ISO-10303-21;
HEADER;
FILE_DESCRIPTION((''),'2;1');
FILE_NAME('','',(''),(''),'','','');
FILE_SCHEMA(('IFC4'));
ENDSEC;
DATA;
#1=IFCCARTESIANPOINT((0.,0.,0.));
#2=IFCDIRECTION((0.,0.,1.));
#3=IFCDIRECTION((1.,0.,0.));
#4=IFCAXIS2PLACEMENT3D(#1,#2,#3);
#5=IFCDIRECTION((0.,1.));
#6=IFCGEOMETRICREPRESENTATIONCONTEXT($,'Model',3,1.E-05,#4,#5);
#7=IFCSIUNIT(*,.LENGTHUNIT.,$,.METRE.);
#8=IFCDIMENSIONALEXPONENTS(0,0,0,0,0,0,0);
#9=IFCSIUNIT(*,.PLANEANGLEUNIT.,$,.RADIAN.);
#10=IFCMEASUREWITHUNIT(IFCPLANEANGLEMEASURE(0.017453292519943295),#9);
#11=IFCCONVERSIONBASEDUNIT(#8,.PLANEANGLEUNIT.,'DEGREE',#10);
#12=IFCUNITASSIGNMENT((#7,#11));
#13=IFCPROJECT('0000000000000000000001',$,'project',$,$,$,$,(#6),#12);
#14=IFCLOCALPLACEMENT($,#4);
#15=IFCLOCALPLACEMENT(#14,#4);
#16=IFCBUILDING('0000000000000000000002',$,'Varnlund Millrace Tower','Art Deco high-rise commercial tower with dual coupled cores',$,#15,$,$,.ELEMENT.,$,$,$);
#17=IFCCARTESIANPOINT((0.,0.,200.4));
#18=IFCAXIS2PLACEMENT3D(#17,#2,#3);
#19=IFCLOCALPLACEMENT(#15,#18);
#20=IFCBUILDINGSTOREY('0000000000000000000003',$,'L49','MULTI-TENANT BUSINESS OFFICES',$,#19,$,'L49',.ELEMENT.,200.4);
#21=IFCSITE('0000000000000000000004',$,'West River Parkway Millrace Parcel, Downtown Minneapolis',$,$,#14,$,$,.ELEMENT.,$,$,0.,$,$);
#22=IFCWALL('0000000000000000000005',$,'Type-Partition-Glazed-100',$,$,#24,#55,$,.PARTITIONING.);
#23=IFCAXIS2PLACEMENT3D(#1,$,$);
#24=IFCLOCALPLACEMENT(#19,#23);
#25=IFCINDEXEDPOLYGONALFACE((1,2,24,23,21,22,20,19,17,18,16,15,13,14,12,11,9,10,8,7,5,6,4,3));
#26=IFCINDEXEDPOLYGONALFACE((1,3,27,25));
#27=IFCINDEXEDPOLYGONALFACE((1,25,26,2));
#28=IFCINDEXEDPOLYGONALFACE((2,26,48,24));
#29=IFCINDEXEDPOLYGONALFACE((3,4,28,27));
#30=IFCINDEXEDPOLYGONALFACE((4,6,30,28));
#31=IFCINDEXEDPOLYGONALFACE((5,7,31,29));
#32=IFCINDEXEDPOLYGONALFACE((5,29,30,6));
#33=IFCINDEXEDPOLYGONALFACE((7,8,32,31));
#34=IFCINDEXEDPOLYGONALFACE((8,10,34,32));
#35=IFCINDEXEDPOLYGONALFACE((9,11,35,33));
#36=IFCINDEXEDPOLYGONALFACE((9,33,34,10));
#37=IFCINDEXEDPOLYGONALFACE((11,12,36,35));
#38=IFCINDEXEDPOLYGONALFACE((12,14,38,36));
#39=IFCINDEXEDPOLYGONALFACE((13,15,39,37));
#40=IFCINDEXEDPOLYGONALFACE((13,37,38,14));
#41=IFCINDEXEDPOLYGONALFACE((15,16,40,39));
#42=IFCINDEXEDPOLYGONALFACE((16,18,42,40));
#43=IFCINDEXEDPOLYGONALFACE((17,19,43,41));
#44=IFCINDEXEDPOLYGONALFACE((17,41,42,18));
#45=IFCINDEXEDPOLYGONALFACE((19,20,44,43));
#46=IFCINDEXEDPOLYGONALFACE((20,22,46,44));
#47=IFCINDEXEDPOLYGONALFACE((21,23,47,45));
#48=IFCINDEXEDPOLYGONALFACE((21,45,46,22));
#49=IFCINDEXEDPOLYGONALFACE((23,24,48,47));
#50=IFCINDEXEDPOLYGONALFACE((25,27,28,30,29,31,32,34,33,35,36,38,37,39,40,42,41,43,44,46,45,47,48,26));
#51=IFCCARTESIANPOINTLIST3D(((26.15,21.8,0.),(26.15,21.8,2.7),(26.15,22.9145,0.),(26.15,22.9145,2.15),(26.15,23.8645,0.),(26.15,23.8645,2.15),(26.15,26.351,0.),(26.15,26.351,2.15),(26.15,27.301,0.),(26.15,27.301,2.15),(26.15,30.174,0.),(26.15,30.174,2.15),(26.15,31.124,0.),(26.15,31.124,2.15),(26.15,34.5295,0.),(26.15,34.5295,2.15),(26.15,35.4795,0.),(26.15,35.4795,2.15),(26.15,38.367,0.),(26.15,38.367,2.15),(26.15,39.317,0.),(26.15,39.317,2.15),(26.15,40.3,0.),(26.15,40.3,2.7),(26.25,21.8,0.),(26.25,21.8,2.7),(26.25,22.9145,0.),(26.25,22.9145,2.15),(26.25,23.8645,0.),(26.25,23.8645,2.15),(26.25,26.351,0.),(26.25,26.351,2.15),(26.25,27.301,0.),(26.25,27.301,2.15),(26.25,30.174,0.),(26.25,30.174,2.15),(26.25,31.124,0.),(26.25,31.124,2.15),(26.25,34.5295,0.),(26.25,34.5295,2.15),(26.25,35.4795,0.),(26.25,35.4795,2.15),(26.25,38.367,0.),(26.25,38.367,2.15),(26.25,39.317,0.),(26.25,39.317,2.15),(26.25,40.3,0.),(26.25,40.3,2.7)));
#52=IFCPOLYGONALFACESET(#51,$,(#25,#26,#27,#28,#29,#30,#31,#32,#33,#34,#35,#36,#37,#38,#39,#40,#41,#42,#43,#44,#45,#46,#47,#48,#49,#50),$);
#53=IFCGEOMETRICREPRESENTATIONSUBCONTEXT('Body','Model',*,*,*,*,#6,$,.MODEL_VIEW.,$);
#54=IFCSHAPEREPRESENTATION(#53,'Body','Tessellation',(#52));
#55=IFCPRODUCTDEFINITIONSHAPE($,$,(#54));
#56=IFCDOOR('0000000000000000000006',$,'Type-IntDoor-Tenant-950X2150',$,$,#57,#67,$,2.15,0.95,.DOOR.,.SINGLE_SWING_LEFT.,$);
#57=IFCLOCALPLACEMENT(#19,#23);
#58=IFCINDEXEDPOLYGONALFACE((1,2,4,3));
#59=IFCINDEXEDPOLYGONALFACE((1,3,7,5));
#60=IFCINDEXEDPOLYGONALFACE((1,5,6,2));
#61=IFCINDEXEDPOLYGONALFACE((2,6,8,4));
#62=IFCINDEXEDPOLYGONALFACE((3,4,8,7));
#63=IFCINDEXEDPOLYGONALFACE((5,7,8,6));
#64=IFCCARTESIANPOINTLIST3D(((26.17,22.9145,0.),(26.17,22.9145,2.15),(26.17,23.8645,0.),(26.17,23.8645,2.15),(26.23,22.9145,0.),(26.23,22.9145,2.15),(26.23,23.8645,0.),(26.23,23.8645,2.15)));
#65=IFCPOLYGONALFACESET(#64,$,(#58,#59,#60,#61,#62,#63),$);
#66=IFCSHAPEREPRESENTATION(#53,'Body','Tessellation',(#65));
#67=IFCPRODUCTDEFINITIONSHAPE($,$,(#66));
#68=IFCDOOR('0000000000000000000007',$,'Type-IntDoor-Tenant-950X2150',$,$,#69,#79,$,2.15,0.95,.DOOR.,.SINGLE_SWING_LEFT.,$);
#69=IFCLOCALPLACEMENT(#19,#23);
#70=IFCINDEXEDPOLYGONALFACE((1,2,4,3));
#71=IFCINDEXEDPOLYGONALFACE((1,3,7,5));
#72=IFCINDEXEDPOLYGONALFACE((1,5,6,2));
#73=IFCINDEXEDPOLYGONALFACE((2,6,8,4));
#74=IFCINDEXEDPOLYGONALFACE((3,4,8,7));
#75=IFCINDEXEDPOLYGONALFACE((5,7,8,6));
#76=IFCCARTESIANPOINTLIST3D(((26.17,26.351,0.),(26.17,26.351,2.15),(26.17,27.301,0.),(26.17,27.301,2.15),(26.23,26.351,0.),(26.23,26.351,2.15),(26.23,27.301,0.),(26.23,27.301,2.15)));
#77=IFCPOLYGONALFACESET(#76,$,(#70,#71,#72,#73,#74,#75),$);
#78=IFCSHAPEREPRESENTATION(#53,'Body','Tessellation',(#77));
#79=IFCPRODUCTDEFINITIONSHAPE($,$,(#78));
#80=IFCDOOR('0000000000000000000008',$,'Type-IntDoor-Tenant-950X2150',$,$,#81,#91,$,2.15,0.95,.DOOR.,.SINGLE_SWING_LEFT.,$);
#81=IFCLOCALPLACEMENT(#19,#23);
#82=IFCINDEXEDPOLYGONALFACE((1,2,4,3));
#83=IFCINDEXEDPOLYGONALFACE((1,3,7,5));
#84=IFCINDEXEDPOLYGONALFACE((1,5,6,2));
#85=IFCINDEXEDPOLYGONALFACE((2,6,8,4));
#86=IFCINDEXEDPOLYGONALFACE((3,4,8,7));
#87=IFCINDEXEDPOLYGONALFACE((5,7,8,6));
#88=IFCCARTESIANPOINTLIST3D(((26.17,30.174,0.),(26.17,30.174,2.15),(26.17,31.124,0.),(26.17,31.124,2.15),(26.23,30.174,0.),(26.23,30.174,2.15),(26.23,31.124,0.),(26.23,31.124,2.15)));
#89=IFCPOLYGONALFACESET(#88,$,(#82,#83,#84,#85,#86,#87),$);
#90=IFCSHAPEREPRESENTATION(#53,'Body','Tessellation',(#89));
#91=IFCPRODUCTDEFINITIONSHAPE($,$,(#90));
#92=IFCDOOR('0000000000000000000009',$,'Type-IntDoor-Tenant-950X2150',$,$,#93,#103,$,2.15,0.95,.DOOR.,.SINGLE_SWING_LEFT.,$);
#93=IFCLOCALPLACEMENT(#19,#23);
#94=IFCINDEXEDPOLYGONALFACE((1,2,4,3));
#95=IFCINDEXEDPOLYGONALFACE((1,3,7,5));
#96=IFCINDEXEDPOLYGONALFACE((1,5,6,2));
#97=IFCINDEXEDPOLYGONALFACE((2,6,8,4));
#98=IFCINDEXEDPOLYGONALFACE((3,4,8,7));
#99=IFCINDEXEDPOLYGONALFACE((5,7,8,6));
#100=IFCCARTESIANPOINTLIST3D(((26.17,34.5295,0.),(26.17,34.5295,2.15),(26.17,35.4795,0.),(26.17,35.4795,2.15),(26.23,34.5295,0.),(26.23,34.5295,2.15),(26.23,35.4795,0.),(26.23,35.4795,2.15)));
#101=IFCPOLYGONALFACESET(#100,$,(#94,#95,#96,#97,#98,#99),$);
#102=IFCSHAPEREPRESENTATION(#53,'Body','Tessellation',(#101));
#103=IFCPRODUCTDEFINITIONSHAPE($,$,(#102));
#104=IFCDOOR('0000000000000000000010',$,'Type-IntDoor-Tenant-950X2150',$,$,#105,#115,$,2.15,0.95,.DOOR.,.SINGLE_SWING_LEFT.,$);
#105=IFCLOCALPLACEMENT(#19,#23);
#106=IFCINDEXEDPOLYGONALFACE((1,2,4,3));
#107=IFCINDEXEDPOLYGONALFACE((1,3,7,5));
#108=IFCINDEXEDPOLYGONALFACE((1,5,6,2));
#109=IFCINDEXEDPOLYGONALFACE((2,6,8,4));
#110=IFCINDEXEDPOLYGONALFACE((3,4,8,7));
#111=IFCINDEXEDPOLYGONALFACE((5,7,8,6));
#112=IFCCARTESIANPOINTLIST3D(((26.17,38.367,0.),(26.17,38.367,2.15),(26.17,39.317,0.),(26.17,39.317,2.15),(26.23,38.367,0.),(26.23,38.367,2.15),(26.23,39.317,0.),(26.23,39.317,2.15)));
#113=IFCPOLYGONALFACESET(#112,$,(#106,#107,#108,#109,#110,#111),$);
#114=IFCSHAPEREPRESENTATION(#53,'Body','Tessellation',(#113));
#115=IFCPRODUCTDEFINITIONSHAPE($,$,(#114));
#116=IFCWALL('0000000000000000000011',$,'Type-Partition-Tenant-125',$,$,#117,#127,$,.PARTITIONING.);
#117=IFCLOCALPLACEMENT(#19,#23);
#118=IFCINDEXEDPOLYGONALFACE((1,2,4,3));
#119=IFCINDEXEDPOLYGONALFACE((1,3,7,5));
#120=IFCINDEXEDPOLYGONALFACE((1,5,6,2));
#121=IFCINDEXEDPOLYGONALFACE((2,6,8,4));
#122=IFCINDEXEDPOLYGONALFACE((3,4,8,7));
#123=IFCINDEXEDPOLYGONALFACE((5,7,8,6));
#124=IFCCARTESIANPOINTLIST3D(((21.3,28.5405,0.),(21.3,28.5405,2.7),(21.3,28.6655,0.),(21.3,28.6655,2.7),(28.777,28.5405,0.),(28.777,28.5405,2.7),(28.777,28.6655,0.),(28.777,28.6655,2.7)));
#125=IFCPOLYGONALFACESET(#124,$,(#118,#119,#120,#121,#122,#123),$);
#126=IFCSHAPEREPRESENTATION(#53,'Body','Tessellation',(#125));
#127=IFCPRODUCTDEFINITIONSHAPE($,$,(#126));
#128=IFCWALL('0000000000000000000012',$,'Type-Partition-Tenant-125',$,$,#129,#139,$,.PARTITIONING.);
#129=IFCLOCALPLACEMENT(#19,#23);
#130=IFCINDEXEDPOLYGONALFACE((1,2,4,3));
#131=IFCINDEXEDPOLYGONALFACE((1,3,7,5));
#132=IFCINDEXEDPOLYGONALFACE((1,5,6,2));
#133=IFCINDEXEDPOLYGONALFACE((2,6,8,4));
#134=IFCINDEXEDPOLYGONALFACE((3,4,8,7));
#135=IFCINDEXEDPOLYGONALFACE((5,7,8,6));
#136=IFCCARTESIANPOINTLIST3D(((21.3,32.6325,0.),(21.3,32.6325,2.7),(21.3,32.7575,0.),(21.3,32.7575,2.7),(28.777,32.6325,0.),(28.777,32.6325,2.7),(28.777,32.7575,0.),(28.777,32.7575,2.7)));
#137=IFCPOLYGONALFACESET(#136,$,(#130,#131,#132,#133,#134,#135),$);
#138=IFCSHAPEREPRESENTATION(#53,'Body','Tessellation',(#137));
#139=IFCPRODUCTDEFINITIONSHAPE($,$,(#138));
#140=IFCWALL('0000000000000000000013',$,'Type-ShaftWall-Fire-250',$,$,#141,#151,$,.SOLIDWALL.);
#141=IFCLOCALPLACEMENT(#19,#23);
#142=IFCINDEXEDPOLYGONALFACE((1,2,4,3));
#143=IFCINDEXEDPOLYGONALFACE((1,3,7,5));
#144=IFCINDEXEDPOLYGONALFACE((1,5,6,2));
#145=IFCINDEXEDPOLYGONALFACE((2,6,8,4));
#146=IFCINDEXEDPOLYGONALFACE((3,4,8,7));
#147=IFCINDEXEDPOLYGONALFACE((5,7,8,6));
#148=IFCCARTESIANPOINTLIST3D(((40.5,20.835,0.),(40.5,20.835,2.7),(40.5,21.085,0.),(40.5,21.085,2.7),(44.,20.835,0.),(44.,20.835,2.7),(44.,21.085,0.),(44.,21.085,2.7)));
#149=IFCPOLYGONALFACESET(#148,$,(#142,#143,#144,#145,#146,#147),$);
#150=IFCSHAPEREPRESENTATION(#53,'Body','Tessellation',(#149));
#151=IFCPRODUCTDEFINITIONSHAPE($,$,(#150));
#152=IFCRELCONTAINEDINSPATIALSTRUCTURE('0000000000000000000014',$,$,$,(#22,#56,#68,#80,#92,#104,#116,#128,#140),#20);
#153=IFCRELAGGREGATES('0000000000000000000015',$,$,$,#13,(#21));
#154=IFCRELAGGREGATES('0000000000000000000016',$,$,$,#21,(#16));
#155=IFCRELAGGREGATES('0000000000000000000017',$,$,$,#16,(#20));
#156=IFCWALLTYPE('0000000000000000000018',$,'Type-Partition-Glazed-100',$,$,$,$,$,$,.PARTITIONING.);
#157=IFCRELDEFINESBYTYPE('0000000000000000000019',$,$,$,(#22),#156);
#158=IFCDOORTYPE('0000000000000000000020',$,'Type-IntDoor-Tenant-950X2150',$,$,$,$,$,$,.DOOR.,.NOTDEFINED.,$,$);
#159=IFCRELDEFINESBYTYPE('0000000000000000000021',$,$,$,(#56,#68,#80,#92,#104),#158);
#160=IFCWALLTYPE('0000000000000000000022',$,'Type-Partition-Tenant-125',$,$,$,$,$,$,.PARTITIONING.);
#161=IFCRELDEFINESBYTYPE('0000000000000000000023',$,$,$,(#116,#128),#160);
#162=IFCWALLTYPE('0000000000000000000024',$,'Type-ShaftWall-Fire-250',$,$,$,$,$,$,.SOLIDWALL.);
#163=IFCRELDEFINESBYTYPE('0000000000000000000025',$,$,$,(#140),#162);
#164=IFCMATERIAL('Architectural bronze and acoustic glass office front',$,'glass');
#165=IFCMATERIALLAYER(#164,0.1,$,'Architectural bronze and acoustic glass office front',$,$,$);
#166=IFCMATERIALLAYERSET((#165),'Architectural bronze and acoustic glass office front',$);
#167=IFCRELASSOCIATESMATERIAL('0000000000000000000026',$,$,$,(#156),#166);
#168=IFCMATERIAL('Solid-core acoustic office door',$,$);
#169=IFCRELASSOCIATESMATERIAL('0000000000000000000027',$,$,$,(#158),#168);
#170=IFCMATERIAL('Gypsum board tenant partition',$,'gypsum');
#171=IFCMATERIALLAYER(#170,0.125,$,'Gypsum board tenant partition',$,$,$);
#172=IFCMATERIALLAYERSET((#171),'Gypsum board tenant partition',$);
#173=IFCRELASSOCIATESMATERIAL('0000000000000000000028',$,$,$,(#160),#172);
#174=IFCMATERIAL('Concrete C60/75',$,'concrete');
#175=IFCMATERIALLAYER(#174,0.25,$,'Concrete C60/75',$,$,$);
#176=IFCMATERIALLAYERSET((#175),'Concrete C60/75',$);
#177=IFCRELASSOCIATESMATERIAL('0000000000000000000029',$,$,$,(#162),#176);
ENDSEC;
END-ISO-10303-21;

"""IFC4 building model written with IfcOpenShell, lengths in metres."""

from ifc_helpers import new_model, entity, si_unit, converted_unit, direction, frame, origin_with_axes, origin_2d_with_axis, place, context, subcontext, project, spatial, polyline, rectangle, outline, extrude, material, layer, layer_set, type_object, element, fill, save


model = new_model("IFC4")

# Units and contexts
model_context = context("Model", 3, precision=1e-05, world=origin_with_axes(), true_north=direction((0.0, 1.0)))
body_context = subcontext(model_context, "Body", "Model", "MODEL_VIEW")
ifc_project = project(units=[si_unit("LENGTHUNIT", "METRE"), converted_unit("PLANEANGLEUNIT", "DEGREE", entity("IfcPlaneAngleMeasure", 0.017453292519943295), si_unit("PLANEANGLEUNIT", "RADIAN"), dimensions=[0, 0, 0, 0, 0, 0, 0])], contexts=[model_context])

# Site, building, storey
site_placement = place(None, origin_with_axes())
site = spatial("IfcSite", under=ifc_project, at=site_placement, Name="West River Parkway Millrace Parcel, Downtown Minneapolis", CompositionType="ELEMENT", RefElevation=0.0)
building_placement = place(site_placement, origin_with_axes())
building = spatial("IfcBuilding", under=site, at=building_placement, Name="Varnlund Millrace Tower", Description="Art Deco high-rise commercial tower with dual coupled cores", CompositionType="ELEMENT")
storey_placement = place(building_placement, frame((0.0, 0.0, 200.4), z_axis=(0.0, 0.0, 1.0), x_axis=(1.0, 0.0, 0.0)))
storey = spatial("IfcBuildingStorey", under=building, at=storey_placement, Name="L49", Description="MULTI-TENANT BUSINESS OFFICES", LongName="L49", CompositionType="ELEMENT", Elevation=200.4)

# Wall, openings, doors
ifc_material_1 = material(Name="Architectural bronze and acoustic glass office front", Category="glass")
ifc_layer_1 = layer(ifc_material_1, 0.1, Name="Architectural bronze and acoustic glass office front")
ifc_layer_set_1 = layer_set([ifc_layer_1], Name="Architectural bronze and acoustic glass office front")
wall_type_1 = type_object("IfcWallType", Name="Type-Partition-Glazed-100", PredefinedType="PARTITIONING", material=ifc_layer_set_1)
wall_1_placement = place(storey_placement, frame((26.2, 21.8, 0.0), z_axis=(0.0, 0.0, 1.0), x_axis=(0.0, 1.0, 0.0)))
wall_1 = element("IfcWall", 1, at=wall_1_placement, inside=storey, type_object=wall_type_1, Name="Type-Partition-Glazed-100", PredefinedType="PARTITIONING", context=body_context, shape_type="SweptSolid", body=[
    extrude(outline(polyline([(0.0, -0.05), (18.5, -0.05), (18.5, 0.05), (0.0, 0.05), (0.0, -0.05)])), origin_with_axes(), (0.0, 0.0, 1.0), 2.7),
])
opening_1_placement = place(wall_1_placement, frame((1.5895, 0.0, 0.0), z_axis=(0.0, 0.0, 1.0), x_axis=(1.0, 0.0, 0.0)))
opening_1 = element("IfcOpeningElement", 2, at=opening_1_placement, cuts=wall_1, PredefinedType="OPENING", context=body_context, shape_type="SweptSolid", body=[
    extrude(rectangle(XDim=0.95, YDim=0.12, at=origin_2d_with_axis()), origin_with_axes(), (0.0, 0.0, 1.0), 2.15),
])
opening_2_placement = place(wall_1_placement, frame((5.026, 0.0, 0.0), z_axis=(0.0, 0.0, 1.0), x_axis=(1.0, 0.0, 0.0)))
opening_2 = element("IfcOpeningElement", 3, at=opening_2_placement, cuts=wall_1, PredefinedType="OPENING", context=body_context, shape_type="SweptSolid", body=[
    extrude(rectangle(XDim=0.95, YDim=0.12, at=origin_2d_with_axis()), origin_with_axes(), (0.0, 0.0, 1.0), 2.15),
])
opening_3_placement = place(wall_1_placement, frame((8.849, 0.0, 0.0), z_axis=(0.0, 0.0, 1.0), x_axis=(1.0, 0.0, 0.0)))
opening_3 = element("IfcOpeningElement", 4, at=opening_3_placement, cuts=wall_1, PredefinedType="OPENING", context=body_context, shape_type="SweptSolid", body=[
    extrude(rectangle(XDim=0.95, YDim=0.12, at=origin_2d_with_axis()), origin_with_axes(), (0.0, 0.0, 1.0), 2.15),
])
opening_4_placement = place(wall_1_placement, frame((13.2045, 0.0, 0.0), z_axis=(0.0, 0.0, 1.0), x_axis=(1.0, 0.0, 0.0)))
opening_4 = element("IfcOpeningElement", 5, at=opening_4_placement, cuts=wall_1, PredefinedType="OPENING", context=body_context, shape_type="SweptSolid", body=[
    extrude(rectangle(XDim=0.95, YDim=0.12, at=origin_2d_with_axis()), origin_with_axes(), (0.0, 0.0, 1.0), 2.15),
])
opening_5_placement = place(wall_1_placement, frame((17.042, 0.0, 0.0), z_axis=(0.0, 0.0, 1.0), x_axis=(1.0, 0.0, 0.0)))
opening_5 = element("IfcOpeningElement", 6, at=opening_5_placement, cuts=wall_1, PredefinedType="OPENING", context=body_context, shape_type="SweptSolid", body=[
    extrude(rectangle(XDim=0.95, YDim=0.12, at=origin_2d_with_axis()), origin_with_axes(), (0.0, 0.0, 1.0), 2.15),
])
ifc_material_2 = material(Name="Solid-core acoustic office door")
door_type = type_object("IfcDoorType", Name="Type-IntDoor-Tenant-950X2150", OperationType="NOTDEFINED", PredefinedType="DOOR", material=ifc_material_2)
door_1_placement = place(wall_1_placement, frame((1.5895, 0.0, 0.0), z_axis=(0.0, 0.0, 1.0), x_axis=(1.0, 0.0, 0.0)))
door_1 = element("IfcDoor", 7, at=door_1_placement, inside=storey, type_object=door_type, Name="Type-IntDoor-Tenant-950X2150", OperationType="SINGLE_SWING_LEFT", OverallHeight=2.15, OverallWidth=0.95, PredefinedType="DOOR", context=body_context, shape_type="SweptSolid", body=[
    extrude(rectangle(XDim=0.95, YDim=0.06, at=origin_2d_with_axis()), origin_with_axes(), (0.0, 0.0, 1.0), 2.15),
])
fill(opening_1, door_1)
door_2_placement = place(wall_1_placement, frame((5.026, 0.0, 0.0), z_axis=(0.0, 0.0, 1.0), x_axis=(1.0, 0.0, 0.0)))
door_2 = element("IfcDoor", 8, at=door_2_placement, inside=storey, type_object=door_type, Name="Type-IntDoor-Tenant-950X2150", OperationType="SINGLE_SWING_LEFT", OverallHeight=2.15, OverallWidth=0.95, PredefinedType="DOOR", context=body_context, shape_type="SweptSolid", body=[
    extrude(rectangle(XDim=0.95, YDim=0.06, at=origin_2d_with_axis()), origin_with_axes(), (0.0, 0.0, 1.0), 2.15),
])
fill(opening_2, door_2)
door_3_placement = place(wall_1_placement, frame((8.849, 0.0, 0.0), z_axis=(0.0, 0.0, 1.0), x_axis=(1.0, 0.0, 0.0)))
door_3 = element("IfcDoor", 9, at=door_3_placement, inside=storey, type_object=door_type, Name="Type-IntDoor-Tenant-950X2150", OperationType="SINGLE_SWING_LEFT", OverallHeight=2.15, OverallWidth=0.95, PredefinedType="DOOR", context=body_context, shape_type="SweptSolid", body=[
    extrude(rectangle(XDim=0.95, YDim=0.06, at=origin_2d_with_axis()), origin_with_axes(), (0.0, 0.0, 1.0), 2.15),
])
fill(opening_3, door_3)
door_4_placement = place(wall_1_placement, frame((13.2045, 0.0, 0.0), z_axis=(0.0, 0.0, 1.0), x_axis=(1.0, 0.0, 0.0)))
door_4 = element("IfcDoor", 10, at=door_4_placement, inside=storey, type_object=door_type, Name="Type-IntDoor-Tenant-950X2150", OperationType="SINGLE_SWING_LEFT", OverallHeight=2.15, OverallWidth=0.95, PredefinedType="DOOR", context=body_context, shape_type="SweptSolid", body=[
    extrude(rectangle(XDim=0.95, YDim=0.06, at=origin_2d_with_axis()), origin_with_axes(), (0.0, 0.0, 1.0), 2.15),
])
fill(opening_4, door_4)
door_5_placement = place(wall_1_placement, frame((17.042, 0.0, 0.0), z_axis=(0.0, 0.0, 1.0), x_axis=(1.0, 0.0, 0.0)))
door_5 = element("IfcDoor", 11, at=door_5_placement, inside=storey, type_object=door_type, Name="Type-IntDoor-Tenant-950X2150", OperationType="SINGLE_SWING_LEFT", OverallHeight=2.15, OverallWidth=0.95, PredefinedType="DOOR", context=body_context, shape_type="SweptSolid", body=[
    extrude(rectangle(XDim=0.95, YDim=0.06, at=origin_2d_with_axis()), origin_with_axes(), (0.0, 0.0, 1.0), 2.15),
])
fill(opening_5, door_5)

# Walls
ifc_material_3 = material(Name="Gypsum board tenant partition", Category="gypsum")
ifc_layer_2 = layer(ifc_material_3, 0.125, Name="Gypsum board tenant partition")
ifc_layer_set_2 = layer_set([ifc_layer_2], Name="Gypsum board tenant partition")
wall_type_2 = type_object("IfcWallType", Name="Type-Partition-Tenant-125", PredefinedType="PARTITIONING", material=ifc_layer_set_2)
for number, where, z_axis, x_axis, name in (
    (12, (21.3, 28.603, 0.0), (0.0, 0.0, 1.0), (1.0, 0.0, 0.0), "Type-Partition-Tenant-125"),
    (13, (21.3, 32.695, 0.0), (0.0, 0.0, 1.0), (1.0, 0.0, 0.0), "Type-Partition-Tenant-125"),
):
    element("IfcWall", number, at=place(storey_placement, frame(where, z_axis=z_axis, x_axis=x_axis)), inside=storey, type_object=wall_type_2, Name=name, PredefinedType="PARTITIONING", context=body_context, shape_type="SweptSolid", body=[
        extrude(outline(polyline([(0.0, -0.0625), (7.477, -0.0625), (7.477, 0.0625), (0.0, 0.0625), (0.0, -0.0625)])), origin_with_axes(), (0.0, 0.0, 1.0), 2.7),
    ])
ifc_material_4 = material(Name="Concrete C60/75", Category="concrete")
ifc_layer_3 = layer(ifc_material_4, 0.25, Name="Concrete C60/75")
ifc_layer_set_3 = layer_set([ifc_layer_3], Name="Concrete C60/75")
wall_type_3 = type_object("IfcWallType", Name="Type-ShaftWall-Fire-250", PredefinedType="SOLIDWALL", material=ifc_layer_set_3)
wall_2_placement = place(storey_placement, frame((40.5, 20.96, 0.0), z_axis=(0.0, 0.0, 1.0), x_axis=(1.0, 0.0, 0.0)))
element("IfcWall", 14, at=wall_2_placement, inside=storey, type_object=wall_type_3, Name="Type-ShaftWall-Fire-250", PredefinedType="SOLIDWALL", context=body_context, shape_type="SweptSolid", body=[
    extrude(outline(polyline([(0.0, -0.125), (3.5, -0.125), (3.5, 0.125), (0.0, 0.125), (0.0, -0.125)])), origin_with_axes(), (0.0, 0.0, 1.0), 2.7),
])

save(model, "model.ifc")
